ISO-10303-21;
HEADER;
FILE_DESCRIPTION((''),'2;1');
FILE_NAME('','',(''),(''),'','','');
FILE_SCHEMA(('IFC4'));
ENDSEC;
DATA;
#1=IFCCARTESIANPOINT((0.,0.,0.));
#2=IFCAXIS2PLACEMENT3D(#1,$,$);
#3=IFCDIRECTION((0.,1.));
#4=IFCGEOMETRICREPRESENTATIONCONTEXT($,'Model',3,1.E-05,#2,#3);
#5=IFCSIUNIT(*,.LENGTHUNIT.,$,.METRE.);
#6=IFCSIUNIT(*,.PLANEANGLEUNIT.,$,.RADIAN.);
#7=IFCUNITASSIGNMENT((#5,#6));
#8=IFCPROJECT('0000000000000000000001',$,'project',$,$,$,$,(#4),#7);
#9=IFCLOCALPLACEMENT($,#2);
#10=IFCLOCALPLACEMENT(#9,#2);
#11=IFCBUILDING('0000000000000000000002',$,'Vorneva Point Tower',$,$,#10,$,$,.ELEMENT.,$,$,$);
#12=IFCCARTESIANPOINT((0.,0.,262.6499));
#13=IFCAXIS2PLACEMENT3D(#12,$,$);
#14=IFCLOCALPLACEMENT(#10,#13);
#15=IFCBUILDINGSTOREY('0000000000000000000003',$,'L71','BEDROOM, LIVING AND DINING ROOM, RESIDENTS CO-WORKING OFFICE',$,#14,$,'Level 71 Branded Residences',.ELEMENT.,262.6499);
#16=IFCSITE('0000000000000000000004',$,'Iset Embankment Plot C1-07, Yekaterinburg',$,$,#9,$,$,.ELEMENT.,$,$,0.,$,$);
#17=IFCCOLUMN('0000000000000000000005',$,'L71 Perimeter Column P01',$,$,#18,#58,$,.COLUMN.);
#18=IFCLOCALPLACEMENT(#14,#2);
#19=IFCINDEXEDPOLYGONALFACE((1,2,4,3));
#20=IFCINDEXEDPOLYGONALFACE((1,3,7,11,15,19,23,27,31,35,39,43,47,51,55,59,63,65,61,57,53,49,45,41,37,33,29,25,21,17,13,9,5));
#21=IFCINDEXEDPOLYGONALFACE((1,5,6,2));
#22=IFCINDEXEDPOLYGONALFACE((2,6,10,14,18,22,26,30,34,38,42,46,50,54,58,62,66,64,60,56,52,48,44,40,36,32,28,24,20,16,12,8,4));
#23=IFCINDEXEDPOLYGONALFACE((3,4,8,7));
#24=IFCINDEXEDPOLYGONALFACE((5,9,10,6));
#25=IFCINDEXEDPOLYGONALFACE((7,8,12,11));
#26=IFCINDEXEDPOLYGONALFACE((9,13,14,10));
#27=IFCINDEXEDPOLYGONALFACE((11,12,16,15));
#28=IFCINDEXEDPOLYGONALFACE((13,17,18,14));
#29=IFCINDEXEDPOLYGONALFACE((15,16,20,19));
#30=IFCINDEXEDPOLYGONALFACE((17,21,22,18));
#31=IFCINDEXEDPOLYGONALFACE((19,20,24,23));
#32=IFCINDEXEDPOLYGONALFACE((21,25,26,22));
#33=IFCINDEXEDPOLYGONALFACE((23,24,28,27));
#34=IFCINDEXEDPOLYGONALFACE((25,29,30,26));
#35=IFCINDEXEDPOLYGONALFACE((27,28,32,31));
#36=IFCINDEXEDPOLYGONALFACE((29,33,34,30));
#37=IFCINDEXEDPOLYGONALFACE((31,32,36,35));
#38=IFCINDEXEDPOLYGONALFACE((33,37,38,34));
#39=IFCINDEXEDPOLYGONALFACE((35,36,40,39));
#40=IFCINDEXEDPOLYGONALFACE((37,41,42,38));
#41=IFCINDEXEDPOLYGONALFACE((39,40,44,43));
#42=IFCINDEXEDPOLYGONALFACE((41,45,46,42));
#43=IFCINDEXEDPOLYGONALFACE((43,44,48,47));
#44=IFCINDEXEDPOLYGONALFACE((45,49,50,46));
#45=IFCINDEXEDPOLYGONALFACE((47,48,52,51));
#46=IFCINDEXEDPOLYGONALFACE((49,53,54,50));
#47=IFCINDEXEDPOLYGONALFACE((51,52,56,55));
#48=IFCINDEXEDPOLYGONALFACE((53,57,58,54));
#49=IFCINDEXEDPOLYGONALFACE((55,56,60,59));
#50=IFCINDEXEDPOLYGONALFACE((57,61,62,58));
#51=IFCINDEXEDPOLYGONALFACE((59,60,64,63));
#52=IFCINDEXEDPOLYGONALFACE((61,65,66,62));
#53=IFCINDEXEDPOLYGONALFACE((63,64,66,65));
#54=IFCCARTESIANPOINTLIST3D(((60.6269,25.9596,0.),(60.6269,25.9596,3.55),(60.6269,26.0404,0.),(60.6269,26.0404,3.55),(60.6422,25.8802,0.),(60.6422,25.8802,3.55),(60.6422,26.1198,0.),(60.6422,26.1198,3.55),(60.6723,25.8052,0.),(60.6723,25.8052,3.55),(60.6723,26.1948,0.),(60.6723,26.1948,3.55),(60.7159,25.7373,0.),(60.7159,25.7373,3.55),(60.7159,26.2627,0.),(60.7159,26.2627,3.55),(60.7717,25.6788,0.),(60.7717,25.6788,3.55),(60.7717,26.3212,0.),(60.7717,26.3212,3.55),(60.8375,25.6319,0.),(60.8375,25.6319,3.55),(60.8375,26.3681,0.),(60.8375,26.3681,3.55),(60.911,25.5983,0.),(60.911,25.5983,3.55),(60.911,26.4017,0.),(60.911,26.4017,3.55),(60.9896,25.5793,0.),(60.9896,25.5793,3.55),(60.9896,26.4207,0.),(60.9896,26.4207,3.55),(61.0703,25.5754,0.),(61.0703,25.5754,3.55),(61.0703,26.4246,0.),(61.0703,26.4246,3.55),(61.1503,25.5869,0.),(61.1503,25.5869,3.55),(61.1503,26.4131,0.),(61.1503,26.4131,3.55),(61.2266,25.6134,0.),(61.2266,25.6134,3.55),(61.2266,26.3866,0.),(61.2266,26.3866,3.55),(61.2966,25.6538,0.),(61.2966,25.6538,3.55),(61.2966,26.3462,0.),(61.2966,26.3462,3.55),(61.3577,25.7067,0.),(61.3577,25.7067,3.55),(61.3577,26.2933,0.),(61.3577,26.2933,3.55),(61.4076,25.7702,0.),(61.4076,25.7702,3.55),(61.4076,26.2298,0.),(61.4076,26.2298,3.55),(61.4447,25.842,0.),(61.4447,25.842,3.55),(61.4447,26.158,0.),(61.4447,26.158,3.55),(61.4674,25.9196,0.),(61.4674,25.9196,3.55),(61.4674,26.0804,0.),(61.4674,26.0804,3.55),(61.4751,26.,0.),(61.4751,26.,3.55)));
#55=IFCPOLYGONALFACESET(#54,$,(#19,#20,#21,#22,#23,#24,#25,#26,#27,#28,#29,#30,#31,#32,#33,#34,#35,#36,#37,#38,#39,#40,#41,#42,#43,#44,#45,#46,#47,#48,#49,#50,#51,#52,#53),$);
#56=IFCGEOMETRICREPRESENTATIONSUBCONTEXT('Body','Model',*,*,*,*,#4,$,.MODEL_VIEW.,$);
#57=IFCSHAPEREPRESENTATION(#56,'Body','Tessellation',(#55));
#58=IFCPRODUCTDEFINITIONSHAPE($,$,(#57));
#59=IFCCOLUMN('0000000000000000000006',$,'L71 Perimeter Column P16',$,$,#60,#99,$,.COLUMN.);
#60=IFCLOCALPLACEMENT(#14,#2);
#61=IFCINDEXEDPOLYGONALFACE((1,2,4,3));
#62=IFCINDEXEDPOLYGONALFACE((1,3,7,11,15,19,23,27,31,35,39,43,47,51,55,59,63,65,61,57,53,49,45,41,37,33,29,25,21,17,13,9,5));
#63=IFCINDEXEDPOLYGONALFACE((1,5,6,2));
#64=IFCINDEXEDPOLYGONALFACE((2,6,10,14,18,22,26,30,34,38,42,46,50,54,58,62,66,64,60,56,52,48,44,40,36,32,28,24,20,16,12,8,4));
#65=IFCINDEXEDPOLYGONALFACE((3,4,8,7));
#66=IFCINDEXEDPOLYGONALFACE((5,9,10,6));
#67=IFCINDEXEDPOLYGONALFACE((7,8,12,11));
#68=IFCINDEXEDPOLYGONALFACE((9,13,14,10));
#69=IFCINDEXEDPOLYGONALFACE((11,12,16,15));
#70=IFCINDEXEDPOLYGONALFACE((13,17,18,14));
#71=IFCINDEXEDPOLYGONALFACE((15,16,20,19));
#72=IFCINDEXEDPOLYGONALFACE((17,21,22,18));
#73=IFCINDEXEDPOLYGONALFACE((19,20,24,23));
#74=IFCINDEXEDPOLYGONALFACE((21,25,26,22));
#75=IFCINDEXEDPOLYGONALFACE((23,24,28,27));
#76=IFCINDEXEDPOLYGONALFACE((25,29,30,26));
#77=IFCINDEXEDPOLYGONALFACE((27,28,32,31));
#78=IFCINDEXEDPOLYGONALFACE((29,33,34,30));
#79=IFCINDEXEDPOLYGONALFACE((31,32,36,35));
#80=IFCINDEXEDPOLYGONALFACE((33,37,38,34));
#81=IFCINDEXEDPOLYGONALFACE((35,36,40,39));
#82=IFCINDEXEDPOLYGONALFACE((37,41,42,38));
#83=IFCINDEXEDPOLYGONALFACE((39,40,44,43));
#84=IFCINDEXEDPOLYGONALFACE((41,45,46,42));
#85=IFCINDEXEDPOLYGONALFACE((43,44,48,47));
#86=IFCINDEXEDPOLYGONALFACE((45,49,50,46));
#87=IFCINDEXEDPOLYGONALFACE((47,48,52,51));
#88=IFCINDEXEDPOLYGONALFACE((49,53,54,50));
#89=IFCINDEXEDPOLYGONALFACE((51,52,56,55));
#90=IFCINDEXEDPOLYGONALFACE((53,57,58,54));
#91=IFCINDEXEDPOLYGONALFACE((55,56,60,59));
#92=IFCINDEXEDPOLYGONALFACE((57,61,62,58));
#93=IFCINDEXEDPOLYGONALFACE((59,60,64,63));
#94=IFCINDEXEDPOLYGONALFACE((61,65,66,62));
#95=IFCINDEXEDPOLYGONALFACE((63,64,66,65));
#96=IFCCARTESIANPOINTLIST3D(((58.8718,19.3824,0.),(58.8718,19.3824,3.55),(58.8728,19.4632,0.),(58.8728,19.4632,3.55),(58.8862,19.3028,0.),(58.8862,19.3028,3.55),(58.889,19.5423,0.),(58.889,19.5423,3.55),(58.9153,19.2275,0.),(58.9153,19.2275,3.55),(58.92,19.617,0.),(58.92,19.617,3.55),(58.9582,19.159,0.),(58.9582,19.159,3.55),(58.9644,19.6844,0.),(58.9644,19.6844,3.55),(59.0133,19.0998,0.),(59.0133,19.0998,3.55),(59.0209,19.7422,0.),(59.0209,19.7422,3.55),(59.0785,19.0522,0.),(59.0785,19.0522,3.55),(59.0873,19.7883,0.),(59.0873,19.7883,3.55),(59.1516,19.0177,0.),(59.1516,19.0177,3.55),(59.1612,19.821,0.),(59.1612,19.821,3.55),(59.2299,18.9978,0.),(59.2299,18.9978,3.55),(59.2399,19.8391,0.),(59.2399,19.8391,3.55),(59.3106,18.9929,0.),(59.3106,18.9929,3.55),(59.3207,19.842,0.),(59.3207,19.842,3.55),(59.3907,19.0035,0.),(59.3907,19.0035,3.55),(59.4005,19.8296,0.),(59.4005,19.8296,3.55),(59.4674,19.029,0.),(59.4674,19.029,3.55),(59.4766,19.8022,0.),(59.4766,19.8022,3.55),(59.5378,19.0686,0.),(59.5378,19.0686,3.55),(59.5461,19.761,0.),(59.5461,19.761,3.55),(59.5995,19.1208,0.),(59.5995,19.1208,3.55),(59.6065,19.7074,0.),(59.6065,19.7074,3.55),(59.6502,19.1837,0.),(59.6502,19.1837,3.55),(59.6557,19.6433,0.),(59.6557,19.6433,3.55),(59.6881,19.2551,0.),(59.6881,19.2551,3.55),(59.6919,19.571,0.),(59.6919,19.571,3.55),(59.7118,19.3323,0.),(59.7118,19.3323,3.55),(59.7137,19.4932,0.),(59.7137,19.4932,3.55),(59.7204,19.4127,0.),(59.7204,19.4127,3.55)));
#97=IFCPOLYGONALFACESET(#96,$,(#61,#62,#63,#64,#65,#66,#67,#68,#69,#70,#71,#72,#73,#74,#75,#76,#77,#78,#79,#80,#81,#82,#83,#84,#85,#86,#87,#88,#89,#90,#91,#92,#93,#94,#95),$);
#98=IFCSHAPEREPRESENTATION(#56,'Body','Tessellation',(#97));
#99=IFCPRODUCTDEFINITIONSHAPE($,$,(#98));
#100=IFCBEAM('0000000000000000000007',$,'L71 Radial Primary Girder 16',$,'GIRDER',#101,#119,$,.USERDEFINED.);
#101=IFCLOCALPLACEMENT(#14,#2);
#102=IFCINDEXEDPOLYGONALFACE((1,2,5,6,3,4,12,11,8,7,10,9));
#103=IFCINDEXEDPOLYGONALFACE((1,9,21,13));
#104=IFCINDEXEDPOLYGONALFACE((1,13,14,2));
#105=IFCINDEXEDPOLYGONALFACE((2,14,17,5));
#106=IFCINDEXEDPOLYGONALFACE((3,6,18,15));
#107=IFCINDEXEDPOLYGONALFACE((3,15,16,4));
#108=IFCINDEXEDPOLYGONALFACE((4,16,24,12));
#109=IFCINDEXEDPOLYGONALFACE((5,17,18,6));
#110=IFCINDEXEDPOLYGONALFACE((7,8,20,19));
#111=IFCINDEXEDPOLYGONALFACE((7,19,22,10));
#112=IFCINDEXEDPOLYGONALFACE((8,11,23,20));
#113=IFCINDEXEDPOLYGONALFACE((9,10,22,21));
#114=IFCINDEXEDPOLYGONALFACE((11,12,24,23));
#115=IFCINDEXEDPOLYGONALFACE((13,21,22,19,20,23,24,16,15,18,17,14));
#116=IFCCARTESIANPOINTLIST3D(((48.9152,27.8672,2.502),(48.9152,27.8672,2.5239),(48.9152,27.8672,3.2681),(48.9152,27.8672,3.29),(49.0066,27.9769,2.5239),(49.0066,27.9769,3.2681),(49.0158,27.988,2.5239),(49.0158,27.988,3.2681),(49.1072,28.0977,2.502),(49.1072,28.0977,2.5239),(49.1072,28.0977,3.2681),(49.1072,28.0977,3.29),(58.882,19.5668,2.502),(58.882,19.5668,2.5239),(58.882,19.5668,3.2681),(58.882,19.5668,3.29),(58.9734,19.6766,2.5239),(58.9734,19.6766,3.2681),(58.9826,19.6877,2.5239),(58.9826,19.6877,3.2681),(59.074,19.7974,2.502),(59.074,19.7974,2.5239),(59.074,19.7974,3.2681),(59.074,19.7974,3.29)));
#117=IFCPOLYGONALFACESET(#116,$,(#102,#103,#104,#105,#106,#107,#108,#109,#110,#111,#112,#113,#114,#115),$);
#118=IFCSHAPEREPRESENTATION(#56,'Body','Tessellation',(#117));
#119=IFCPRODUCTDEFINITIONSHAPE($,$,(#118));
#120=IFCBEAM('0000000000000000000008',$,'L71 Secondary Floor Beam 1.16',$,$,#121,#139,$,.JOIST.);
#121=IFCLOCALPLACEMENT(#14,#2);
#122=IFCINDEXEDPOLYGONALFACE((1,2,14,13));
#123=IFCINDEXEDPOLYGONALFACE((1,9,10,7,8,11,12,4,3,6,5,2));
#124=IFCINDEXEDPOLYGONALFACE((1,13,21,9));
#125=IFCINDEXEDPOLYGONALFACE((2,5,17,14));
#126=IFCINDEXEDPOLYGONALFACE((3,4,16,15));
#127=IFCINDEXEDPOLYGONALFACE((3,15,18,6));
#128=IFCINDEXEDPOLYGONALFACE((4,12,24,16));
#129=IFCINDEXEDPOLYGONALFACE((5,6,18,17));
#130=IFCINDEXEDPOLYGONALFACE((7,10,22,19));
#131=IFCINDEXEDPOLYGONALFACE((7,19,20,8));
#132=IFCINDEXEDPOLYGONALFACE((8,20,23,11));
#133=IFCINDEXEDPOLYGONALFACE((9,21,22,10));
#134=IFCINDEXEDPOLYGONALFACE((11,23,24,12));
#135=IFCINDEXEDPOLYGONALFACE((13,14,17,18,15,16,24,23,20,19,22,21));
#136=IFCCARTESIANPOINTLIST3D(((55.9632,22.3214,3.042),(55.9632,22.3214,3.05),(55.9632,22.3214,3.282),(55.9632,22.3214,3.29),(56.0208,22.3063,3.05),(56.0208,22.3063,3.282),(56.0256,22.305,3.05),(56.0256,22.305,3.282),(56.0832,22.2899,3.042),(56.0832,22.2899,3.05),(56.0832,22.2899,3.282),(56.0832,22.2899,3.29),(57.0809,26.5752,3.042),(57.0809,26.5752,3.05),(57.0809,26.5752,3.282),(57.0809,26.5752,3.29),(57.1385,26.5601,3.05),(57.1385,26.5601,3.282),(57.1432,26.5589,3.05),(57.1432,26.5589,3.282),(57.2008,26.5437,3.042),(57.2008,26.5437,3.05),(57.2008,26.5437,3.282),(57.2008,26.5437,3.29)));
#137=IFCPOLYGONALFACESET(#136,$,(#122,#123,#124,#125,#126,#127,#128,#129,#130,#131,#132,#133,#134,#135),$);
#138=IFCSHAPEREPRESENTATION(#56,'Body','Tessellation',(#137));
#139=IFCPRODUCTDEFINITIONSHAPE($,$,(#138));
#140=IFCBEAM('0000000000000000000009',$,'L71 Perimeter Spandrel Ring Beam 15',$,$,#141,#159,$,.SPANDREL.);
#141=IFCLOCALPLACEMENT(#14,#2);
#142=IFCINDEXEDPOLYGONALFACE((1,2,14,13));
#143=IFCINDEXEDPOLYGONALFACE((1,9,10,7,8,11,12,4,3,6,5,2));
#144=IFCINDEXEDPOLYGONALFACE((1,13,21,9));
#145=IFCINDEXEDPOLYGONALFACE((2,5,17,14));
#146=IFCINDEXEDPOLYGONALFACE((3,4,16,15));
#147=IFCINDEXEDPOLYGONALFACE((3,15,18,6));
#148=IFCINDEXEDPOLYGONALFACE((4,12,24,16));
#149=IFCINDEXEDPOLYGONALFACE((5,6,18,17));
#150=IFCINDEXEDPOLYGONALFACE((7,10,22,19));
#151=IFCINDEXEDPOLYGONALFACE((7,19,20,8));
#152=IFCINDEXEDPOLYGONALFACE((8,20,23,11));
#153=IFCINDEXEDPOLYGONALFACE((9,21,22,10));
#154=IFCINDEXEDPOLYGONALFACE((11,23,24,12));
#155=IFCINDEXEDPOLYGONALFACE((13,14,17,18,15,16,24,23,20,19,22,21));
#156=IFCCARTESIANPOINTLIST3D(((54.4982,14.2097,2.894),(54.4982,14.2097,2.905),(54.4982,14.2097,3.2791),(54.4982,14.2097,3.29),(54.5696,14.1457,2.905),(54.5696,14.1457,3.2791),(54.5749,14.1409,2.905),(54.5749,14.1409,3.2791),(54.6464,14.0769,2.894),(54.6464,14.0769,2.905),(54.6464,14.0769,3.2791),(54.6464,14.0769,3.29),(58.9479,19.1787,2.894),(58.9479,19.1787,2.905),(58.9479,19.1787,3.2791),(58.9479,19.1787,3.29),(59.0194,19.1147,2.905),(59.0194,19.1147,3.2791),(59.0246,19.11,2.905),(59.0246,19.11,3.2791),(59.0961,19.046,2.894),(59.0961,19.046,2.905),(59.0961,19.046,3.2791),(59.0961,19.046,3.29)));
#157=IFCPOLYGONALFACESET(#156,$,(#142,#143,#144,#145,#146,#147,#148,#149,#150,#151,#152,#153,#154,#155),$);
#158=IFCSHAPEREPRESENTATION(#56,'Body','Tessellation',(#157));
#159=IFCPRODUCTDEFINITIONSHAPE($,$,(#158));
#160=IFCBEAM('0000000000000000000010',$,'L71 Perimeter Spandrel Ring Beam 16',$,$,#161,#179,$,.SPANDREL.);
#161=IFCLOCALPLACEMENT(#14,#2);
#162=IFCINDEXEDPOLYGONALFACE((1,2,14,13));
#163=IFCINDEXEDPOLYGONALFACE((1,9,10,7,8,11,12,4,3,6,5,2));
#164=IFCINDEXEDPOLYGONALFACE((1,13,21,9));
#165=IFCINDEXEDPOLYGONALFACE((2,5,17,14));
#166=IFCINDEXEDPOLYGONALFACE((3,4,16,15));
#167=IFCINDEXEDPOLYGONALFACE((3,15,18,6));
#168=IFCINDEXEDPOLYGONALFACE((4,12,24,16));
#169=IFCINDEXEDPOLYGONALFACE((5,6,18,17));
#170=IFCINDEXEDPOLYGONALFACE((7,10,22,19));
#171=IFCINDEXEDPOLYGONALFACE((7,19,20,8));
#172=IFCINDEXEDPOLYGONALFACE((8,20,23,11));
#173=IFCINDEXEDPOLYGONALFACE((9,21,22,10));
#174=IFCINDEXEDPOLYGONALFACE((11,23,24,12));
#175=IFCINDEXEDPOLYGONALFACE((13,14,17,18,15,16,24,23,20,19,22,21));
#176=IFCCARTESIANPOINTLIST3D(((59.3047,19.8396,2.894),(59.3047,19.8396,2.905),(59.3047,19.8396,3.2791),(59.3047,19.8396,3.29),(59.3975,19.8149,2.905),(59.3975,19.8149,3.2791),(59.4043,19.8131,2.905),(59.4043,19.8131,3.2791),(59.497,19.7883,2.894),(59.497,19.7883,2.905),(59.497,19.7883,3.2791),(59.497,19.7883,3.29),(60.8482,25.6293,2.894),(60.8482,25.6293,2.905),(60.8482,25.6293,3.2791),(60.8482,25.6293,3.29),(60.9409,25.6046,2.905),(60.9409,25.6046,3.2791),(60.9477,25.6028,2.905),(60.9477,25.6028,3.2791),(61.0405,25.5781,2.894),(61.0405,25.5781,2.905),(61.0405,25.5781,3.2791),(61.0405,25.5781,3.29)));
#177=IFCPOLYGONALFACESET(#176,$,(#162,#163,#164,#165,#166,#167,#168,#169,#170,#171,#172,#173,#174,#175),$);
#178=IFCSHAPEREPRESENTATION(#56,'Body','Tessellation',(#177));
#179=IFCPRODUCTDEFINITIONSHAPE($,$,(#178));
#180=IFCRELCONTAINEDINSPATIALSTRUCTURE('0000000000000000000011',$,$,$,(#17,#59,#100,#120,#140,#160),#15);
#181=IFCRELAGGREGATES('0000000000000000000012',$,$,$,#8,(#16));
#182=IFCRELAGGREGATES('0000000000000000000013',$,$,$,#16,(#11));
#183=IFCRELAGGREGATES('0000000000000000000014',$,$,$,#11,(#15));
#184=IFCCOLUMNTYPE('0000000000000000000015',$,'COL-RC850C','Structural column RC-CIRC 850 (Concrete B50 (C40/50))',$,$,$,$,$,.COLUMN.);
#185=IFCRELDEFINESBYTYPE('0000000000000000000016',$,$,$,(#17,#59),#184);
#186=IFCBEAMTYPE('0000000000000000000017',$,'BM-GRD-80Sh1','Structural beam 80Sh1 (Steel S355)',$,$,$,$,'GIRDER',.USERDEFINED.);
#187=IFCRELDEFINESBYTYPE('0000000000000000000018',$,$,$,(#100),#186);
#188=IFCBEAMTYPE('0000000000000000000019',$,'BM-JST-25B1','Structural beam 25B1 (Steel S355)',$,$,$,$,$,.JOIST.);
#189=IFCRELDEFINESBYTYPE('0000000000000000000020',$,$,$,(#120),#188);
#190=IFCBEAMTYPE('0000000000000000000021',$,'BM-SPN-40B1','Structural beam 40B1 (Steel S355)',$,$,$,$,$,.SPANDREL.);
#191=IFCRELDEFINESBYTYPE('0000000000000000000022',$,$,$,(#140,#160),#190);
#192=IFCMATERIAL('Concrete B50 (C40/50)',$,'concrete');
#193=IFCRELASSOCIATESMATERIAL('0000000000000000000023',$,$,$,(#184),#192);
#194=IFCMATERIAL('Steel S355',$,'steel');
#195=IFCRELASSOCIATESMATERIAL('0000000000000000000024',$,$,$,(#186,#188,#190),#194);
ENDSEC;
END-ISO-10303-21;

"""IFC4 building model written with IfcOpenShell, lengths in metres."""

from ifc_helpers import new_model, si_unit, direction, frame, origin, origin_2d, place, context, subcontext, project, spatial, circle, i_section, extrude, material, material_profile, profile_set, type_object, element, save


model = new_model("IFC4")

# Units and contexts
model_context = context("Model", 3, precision=1e-05, world=origin(), true_north=direction((0.0, 1.0)))
body_context = subcontext(model_context, "Body", "Model", "MODEL_VIEW")
ifc_project = project(units=[si_unit("LENGTHUNIT", "METRE"), si_unit("PLANEANGLEUNIT", "RADIAN")], contexts=[model_context])

# Site, building, storey
site_placement = place(None, origin())
site = spatial("IfcSite", under=ifc_project, at=site_placement, Name="Iset Embankment Plot C1-07, Yekaterinburg", CompositionType="ELEMENT", RefElevation=0.0)
building_placement = place(site_placement, origin())
building = spatial("IfcBuilding", under=site, at=building_placement, Name="Vorneva Point Tower", CompositionType="ELEMENT")
storey_placement = place(building_placement, frame((0.0, 0.0, 262.6499)))
storey = spatial("IfcBuildingStorey", under=building, at=storey_placement, Name="L71", Description="BEDROOM, LIVING AND DINING ROOM, RESIDENTS CO-WORKING OFFICE", LongName="Level 71 Branded Residences", CompositionType="ELEMENT", Elevation=262.6499)

# Columns
ifc_material_1 = material(Name="Concrete B50 (C40/50)", Category="concrete")
ifc_material_profile_1 = material_profile(ifc_material_1, circle(Radius=0.425, at=origin_2d()), Name="RC-CIRC 850")
ifc_profile_set_1 = profile_set([ifc_material_profile_1], Name="Concrete B50 (C40/50)")
column_type = type_object("IfcColumnType", Name="COL-RC850C", Description="Structural column RC-CIRC 850 (Concrete B50 (C40/50))", PredefinedType="COLUMN", material=ifc_profile_set_1)
for number, where, z_axis, x_axis, name in (
    (1, (61.05, 26.0, 0.0), (0.0, 0.0, 1.0), (1.0, 0.0, 0.0), "L71 Perimeter Column P01"),
    (2, (59.2954, 19.4177, 0.0), (0.0, 0.0, 1.0), (0.92388, -0.382683, 0.0), "L71 Perimeter Column P16"),
):
    element("IfcColumn", number, at=place(storey_placement, frame(where, z_axis=z_axis, x_axis=x_axis)), inside=storey, type_object=column_type, Name=name, PredefinedType="COLUMN", context=body_context, shape_type="SweptSolid", body=[
        extrude(circle(Radius=0.425, at=origin_2d()), origin(), (0.0, 0.0, 1.0), 3.55),
    ])

# Beams
ifc_material_2 = material(Name="Steel S355", Category="steel")
ifc_material_profile_2 = material_profile(ifc_material_2, i_section(OverallWidth=0.3, OverallDepth=0.7881, WebThickness=0.0144, FlangeThickness=0.022, at=origin_2d()), Name="80Sh1")
ifc_profile_set_2 = profile_set([ifc_material_profile_2], Name="Steel S355")
beam_type_1 = type_object("IfcBeamType", Name="BM-GRD-80Sh1", Description="Structural beam 80Sh1 (Steel S355)", ElementType="GIRDER", PredefinedType="USERDEFINED", material=ifc_profile_set_2)
beam_1_placement = place(storey_placement, frame((58.978, 19.6821, 2.896), z_axis=(-0.768425, 0.63994, 0.0), x_axis=(-0.63994, -0.768425, 0.0)))
element("IfcBeam", 3, at=beam_1_placement, inside=storey, type_object=beam_type_1, Name="L71 Radial Primary Girder 16", ObjectType="GIRDER", PredefinedType="USERDEFINED", context=body_context, shape_type="SweptSolid", body=[
    extrude(i_section(OverallWidth=0.3, OverallDepth=0.7881, WebThickness=0.0144, FlangeThickness=0.022, at=origin_2d()), origin(), (0.0, 0.0, 1.0), 12.9705),
])
ifc_material_profile_3 = material_profile(ifc_material_2, i_section(OverallWidth=0.124, OverallDepth=0.248, WebThickness=0.0049, FlangeThickness=0.0081, at=origin_2d()), Name="25B1")
ifc_profile_set_3 = profile_set([ifc_material_profile_3], Name="Steel S355")
beam_type_2 = type_object("IfcBeamType", Name="BM-JST-25B1", Description="Structural beam 25B1 (Steel S355)", PredefinedType="JOIST", material=ifc_profile_set_3)
beam_2_placement = place(storey_placement, frame((56.0232, 22.3057, 3.166), z_axis=(0.254116, 0.967174, 0.0), x_axis=(-0.967174, 0.254116, 0.0)))
element("IfcBeam", 4, at=beam_2_placement, inside=storey, type_object=beam_type_2, Name="L71 Secondary Floor Beam 1.16", PredefinedType="JOIST", context=body_context, shape_type="SweptSolid", body=[
    extrude(i_section(OverallWidth=0.124, OverallDepth=0.248, WebThickness=0.0049, FlangeThickness=0.0081, at=origin_2d()), origin(), (0.0, 0.0, 1.0), 4.3982),
])
ifc_material_profile_4 = material_profile(ifc_material_2, i_section(OverallWidth=0.199, OverallDepth=0.396, WebThickness=0.0071, FlangeThickness=0.011, at=origin_2d()), Name="40B1")
ifc_profile_set_4 = profile_set([ifc_material_profile_4], Name="Steel S355")
beam_type_3 = type_object("IfcBeamType", Name="BM-SPN-40B1", Description="Structural beam 40B1 (Steel S355)", PredefinedType="SPANDREL", material=ifc_profile_set_4)
beam_3_placement = place(storey_placement, frame((54.5723, 14.1433, 3.092), z_axis=(0.667108, 0.744961, 0.0), x_axis=(-0.744961, 0.667108, 0.0)))
element("IfcBeam", 5, at=beam_3_placement, inside=storey, type_object=beam_type_3, Name="L71 Perimeter Spandrel Ring Beam 15", PredefinedType="SPANDREL", context=body_context, shape_type="SweptSolid", body=[
    extrude(i_section(OverallWidth=0.199, OverallDepth=0.396, WebThickness=0.0071, FlangeThickness=0.011, at=origin_2d()), origin(), (0.0, 0.0, 1.0), 6.6702),
])
beam_4_placement = place(storey_placement, frame((59.4009, 19.814, 3.092), z_axis=(0.257587, 0.966255, 0.0), x_axis=(-0.966255, 0.257587, 0.0)))
element("IfcBeam", 6, at=beam_4_placement, inside=storey, type_object=beam_type_3, Name="L71 Perimeter Spandrel Ring Beam 16", PredefinedType="SPANDREL", context=body_context, shape_type="SweptSolid", body=[
    extrude(i_section(OverallWidth=0.199, OverallDepth=0.396, WebThickness=0.0071, FlangeThickness=0.011, at=origin_2d()), origin(), (0.0, 0.0, 1.0), 5.9919),
])

save(model, "model.ifc")
